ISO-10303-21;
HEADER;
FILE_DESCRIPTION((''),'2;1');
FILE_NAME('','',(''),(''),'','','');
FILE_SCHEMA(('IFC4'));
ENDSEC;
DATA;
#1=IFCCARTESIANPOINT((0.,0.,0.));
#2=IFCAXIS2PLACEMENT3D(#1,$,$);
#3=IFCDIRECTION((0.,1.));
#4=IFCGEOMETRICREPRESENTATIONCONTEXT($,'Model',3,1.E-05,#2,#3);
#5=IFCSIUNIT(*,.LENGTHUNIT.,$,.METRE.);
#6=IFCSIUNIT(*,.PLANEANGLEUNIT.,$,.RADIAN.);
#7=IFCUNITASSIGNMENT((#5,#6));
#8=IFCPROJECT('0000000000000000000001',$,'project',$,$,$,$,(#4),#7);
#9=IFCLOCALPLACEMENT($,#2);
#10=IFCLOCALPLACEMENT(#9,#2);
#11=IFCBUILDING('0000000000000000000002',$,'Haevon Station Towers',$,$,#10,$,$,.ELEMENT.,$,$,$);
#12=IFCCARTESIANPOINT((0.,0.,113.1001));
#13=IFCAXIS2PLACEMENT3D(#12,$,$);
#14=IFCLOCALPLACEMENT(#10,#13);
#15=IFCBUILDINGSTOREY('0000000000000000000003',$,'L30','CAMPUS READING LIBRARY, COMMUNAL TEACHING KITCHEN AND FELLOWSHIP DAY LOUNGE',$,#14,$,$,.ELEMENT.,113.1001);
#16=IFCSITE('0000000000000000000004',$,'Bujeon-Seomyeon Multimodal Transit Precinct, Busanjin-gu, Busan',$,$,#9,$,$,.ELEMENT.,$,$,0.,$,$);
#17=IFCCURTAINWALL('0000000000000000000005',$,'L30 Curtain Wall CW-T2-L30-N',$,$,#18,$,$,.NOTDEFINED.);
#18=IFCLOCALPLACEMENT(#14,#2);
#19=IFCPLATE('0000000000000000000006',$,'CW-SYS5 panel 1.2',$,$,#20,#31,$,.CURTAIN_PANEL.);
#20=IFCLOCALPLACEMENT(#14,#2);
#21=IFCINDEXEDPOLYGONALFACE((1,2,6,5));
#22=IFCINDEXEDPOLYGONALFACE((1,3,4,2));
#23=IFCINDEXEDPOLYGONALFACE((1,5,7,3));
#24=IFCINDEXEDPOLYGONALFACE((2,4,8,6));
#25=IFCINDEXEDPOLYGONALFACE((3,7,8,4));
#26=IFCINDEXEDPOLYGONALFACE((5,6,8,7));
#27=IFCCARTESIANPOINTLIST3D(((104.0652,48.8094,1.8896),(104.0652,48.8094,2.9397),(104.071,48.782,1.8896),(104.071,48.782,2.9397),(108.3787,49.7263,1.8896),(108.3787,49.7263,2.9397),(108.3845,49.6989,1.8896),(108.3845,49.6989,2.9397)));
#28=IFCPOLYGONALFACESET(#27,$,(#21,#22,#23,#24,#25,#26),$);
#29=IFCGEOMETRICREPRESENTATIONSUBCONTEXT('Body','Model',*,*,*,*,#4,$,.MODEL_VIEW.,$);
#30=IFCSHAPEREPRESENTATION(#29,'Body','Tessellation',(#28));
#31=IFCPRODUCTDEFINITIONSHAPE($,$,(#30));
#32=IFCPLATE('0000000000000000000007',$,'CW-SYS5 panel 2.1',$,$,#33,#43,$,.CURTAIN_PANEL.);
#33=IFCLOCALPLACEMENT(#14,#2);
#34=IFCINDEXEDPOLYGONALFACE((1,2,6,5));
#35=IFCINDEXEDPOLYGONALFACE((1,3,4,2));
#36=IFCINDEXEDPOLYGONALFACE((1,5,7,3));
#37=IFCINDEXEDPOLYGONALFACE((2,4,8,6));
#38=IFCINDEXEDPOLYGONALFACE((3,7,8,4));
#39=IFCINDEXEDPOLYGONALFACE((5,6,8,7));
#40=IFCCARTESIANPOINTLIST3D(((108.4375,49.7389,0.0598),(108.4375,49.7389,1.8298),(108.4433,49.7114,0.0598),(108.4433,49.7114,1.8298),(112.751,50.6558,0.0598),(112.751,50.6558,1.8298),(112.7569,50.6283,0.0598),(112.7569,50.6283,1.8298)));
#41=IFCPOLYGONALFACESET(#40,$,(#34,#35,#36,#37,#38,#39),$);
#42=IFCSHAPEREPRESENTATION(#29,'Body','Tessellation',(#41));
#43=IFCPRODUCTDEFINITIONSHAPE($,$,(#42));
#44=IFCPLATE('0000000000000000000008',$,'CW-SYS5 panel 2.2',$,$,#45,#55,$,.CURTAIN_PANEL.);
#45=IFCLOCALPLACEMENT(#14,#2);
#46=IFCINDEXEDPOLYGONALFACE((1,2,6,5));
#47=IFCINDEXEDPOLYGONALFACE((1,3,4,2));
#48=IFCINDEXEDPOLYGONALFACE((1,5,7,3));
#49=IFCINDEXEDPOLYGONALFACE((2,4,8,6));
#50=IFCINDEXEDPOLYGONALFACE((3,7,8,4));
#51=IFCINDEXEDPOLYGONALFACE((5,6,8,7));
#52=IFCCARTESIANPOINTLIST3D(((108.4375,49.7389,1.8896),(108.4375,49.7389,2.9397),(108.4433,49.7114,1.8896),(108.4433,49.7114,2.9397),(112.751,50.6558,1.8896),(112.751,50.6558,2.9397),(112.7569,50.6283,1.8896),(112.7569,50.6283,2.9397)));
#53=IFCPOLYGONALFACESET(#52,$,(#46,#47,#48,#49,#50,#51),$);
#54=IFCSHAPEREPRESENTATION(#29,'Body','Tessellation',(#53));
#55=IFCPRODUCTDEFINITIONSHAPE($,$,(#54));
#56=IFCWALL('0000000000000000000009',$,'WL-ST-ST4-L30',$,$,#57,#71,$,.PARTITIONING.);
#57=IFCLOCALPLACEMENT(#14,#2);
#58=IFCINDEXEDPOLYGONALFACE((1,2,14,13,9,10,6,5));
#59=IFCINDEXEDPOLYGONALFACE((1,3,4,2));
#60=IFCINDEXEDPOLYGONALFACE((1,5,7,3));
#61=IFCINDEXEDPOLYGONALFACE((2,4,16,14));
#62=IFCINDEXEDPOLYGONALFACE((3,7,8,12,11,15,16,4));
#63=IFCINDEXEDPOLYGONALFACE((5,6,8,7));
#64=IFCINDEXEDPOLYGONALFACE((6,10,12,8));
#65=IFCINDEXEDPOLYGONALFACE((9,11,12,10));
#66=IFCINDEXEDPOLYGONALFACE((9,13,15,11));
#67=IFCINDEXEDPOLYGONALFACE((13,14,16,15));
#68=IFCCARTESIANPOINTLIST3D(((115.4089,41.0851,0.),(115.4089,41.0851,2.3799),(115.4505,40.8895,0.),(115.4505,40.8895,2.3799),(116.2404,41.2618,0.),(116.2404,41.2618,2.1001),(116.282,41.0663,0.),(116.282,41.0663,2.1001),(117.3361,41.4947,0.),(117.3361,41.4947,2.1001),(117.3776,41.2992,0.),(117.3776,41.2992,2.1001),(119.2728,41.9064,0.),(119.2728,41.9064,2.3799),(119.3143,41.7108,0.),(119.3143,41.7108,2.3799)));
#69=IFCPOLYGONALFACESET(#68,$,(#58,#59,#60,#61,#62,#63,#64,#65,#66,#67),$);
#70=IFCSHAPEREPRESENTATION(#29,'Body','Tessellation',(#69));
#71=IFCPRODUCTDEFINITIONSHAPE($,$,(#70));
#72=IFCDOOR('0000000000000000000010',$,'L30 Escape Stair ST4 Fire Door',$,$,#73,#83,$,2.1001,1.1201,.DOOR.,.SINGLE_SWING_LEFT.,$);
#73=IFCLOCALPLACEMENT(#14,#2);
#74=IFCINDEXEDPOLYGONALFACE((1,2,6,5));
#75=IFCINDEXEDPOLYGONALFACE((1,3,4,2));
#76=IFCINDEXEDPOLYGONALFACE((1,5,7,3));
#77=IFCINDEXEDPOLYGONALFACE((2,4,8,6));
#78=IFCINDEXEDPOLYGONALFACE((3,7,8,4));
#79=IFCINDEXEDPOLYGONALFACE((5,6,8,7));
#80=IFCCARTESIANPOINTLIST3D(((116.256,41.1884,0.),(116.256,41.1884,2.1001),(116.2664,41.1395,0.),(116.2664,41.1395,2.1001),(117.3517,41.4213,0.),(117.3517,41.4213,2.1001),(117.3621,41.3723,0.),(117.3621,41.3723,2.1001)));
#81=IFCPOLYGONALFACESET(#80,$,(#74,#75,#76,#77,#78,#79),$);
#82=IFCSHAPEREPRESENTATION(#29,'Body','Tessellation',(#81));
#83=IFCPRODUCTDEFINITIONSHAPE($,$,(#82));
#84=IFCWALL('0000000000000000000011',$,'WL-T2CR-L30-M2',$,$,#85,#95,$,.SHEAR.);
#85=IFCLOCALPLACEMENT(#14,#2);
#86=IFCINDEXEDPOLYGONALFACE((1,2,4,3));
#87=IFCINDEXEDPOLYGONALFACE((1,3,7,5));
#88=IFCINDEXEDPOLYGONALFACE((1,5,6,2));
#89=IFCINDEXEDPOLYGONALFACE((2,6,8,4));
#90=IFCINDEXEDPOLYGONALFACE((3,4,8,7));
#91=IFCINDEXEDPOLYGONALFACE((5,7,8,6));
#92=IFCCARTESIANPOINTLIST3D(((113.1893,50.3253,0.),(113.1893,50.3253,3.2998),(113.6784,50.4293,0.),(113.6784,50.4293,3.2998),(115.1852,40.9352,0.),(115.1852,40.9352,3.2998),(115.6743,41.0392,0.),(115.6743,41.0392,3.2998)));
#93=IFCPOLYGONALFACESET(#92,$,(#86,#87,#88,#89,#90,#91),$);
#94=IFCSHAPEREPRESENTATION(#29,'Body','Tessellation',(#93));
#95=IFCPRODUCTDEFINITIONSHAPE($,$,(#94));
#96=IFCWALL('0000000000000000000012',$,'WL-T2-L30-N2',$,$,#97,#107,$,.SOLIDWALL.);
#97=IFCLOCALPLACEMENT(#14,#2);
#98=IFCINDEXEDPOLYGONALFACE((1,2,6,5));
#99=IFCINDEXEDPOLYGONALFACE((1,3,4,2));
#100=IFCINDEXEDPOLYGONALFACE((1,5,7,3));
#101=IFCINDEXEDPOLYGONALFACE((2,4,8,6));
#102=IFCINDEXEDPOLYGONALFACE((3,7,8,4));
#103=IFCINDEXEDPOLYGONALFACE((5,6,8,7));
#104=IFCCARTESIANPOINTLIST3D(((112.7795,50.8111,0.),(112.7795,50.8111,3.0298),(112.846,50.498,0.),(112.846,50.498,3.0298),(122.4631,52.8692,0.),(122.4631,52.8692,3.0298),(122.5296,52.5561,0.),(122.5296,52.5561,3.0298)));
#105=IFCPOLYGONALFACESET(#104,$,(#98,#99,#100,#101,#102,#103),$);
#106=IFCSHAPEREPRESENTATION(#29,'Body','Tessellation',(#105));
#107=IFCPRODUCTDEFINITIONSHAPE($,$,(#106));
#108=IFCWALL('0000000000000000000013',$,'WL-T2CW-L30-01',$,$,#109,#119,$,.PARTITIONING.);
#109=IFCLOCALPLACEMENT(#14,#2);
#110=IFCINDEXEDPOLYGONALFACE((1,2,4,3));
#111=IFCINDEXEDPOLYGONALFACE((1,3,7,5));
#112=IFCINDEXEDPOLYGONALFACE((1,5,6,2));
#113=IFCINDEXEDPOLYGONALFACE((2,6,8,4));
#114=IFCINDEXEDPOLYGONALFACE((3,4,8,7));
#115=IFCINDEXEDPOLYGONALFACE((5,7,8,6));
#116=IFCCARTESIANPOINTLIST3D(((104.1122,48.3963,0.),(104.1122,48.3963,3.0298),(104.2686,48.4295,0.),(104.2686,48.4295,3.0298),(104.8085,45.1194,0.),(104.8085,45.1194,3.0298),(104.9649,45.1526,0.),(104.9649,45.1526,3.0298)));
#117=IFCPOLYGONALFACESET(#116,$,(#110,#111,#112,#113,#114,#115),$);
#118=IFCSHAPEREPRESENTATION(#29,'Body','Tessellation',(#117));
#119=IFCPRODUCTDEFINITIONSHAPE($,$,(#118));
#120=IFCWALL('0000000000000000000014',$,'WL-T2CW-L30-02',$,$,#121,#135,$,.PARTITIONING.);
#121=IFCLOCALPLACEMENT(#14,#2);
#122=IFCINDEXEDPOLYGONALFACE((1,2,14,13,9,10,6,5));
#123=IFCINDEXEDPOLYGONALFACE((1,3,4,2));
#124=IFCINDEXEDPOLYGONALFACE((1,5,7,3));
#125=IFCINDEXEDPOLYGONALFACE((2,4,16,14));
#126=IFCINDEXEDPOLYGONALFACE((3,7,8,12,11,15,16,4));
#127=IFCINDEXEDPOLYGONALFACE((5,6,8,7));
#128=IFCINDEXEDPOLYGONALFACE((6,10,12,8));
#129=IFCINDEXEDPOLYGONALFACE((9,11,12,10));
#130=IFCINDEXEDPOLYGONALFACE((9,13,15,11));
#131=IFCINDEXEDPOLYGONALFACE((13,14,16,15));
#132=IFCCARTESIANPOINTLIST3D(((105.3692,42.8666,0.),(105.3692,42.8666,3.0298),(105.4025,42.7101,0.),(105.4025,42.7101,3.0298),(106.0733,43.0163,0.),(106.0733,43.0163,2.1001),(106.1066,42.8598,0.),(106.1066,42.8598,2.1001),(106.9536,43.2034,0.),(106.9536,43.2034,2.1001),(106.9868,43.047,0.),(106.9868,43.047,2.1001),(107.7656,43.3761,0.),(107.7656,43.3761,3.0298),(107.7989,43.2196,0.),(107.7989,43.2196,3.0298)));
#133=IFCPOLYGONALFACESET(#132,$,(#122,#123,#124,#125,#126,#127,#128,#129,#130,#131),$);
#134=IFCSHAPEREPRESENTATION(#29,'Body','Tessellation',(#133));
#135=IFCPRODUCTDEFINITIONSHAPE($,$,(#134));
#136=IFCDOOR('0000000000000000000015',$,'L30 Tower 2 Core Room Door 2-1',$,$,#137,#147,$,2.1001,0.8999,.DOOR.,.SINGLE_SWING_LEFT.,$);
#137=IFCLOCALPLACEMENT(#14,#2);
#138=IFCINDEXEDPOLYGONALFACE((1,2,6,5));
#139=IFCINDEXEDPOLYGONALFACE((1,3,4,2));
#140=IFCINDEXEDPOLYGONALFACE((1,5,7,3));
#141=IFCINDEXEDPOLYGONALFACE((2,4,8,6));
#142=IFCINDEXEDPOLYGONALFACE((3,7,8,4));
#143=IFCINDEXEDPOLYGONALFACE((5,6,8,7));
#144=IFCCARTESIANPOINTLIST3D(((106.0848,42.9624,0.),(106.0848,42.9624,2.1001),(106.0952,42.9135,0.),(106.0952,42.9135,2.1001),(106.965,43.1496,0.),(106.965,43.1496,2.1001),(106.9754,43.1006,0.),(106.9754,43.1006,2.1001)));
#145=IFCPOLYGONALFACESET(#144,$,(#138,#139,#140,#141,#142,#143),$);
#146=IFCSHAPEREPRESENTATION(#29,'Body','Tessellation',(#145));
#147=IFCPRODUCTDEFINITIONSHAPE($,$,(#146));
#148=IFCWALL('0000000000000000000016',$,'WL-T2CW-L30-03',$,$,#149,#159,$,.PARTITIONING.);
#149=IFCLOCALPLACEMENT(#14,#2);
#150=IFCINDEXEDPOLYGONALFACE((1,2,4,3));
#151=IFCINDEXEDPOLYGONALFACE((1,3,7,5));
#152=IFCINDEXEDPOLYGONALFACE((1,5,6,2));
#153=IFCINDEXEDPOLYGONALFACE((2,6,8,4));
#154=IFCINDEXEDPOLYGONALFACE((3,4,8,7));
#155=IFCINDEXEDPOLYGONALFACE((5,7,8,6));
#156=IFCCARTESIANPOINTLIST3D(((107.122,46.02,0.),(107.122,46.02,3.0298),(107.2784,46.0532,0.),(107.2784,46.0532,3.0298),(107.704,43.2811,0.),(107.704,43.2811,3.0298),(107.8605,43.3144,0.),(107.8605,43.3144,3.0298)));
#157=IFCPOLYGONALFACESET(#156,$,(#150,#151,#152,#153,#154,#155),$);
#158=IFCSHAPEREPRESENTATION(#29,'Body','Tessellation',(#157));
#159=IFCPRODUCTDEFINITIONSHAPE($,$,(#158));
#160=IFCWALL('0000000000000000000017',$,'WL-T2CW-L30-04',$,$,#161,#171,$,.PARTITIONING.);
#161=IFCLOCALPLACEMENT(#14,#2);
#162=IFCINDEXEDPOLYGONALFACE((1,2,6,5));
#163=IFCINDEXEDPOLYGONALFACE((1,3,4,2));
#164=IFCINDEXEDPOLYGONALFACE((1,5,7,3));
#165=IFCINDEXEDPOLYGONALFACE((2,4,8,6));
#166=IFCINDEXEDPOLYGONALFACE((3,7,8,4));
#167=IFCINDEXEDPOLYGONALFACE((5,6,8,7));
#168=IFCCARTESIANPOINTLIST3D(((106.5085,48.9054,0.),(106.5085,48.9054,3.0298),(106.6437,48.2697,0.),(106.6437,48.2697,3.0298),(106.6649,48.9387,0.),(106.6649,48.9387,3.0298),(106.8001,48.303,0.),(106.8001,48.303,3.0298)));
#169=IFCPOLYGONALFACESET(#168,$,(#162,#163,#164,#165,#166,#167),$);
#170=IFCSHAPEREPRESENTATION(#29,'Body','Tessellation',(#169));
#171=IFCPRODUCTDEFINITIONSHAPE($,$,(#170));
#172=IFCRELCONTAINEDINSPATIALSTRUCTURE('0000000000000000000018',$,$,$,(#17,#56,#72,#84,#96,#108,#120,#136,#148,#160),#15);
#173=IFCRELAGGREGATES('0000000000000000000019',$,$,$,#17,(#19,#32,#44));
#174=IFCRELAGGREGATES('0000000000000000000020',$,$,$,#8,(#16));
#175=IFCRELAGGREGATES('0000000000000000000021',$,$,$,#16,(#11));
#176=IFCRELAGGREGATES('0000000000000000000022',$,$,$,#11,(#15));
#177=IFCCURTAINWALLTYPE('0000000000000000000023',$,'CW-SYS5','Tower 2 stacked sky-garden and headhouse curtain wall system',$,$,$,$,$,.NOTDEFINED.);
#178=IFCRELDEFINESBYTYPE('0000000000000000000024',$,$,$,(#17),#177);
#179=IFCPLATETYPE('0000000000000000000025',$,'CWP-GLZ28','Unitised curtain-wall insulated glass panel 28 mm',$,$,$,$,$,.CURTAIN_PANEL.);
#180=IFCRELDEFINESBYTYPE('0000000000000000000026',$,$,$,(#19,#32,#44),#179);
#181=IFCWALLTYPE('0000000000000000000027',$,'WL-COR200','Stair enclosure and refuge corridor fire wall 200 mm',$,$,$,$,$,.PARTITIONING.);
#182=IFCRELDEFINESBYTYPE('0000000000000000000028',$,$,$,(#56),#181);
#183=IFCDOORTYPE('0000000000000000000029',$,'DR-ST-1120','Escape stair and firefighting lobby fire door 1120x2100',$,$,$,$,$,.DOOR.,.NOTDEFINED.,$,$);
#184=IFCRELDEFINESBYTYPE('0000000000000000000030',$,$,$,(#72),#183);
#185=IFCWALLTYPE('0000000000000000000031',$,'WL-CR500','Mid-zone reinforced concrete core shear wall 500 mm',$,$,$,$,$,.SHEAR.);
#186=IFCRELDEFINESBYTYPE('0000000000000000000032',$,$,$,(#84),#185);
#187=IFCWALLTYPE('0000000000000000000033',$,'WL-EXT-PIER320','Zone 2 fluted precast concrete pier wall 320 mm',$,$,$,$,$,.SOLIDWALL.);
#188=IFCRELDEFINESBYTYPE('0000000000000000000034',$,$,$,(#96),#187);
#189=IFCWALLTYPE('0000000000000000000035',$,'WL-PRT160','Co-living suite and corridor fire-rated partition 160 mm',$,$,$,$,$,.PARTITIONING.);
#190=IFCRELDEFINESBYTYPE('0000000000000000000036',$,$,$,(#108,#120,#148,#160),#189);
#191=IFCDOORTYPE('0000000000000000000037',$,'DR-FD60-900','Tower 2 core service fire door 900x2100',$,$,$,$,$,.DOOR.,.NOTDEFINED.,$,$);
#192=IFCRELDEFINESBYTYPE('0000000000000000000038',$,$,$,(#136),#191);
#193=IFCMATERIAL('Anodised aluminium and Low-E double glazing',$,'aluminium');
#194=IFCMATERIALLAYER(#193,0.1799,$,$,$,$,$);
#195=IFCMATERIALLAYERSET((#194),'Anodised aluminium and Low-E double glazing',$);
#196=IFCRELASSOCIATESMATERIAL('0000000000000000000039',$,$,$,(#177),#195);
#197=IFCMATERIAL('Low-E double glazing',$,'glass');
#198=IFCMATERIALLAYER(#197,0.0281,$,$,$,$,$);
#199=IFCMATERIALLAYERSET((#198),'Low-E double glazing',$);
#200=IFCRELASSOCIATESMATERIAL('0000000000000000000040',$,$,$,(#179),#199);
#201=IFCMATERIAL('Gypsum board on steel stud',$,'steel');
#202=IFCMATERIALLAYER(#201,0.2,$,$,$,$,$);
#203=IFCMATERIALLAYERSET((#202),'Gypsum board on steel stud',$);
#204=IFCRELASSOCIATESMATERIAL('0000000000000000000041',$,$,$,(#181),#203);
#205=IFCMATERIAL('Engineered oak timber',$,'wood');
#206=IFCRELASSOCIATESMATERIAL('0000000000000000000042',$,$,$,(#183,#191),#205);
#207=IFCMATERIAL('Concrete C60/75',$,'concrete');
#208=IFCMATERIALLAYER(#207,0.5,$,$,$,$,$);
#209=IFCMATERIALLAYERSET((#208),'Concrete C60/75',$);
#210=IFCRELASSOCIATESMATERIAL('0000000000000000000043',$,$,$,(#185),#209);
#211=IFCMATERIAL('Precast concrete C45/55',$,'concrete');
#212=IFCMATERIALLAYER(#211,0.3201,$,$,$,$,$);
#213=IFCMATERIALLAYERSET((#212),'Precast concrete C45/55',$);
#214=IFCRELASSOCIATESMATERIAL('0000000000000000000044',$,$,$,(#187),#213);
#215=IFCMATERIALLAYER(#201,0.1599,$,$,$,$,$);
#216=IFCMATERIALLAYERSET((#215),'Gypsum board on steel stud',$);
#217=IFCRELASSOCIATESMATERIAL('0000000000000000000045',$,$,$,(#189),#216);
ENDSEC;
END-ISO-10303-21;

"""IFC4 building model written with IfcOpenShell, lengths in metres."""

from ifc_helpers import new_model, si_unit, direction, frame, frame_2d, origin, origin_2d, place, context, subcontext, project, spatial, rectangle, extrude, material, layer, layer_set, type_object, element, fill, aggregate, save


model = new_model("IFC4")

# Units and contexts
model_context = context("Model", 3, precision=1e-05, world=origin(), true_north=direction((0.0, 1.0)))
body_context = subcontext(model_context, "Body", "Model", "MODEL_VIEW")
ifc_project = project(units=[si_unit("LENGTHUNIT", "METRE"), si_unit("PLANEANGLEUNIT", "RADIAN")], contexts=[model_context])

# Site, building, storey
site_placement = place(None, origin())
site = spatial("IfcSite", under=ifc_project, at=site_placement, Name="Bujeon-Seomyeon Multimodal Transit Precinct, Busanjin-gu, Busan", CompositionType="ELEMENT", RefElevation=0.0)
building_placement = place(site_placement, origin())
building = spatial("IfcBuilding", under=site, at=building_placement, Name="Haevon Station Towers", CompositionType="ELEMENT")
storey_placement = place(building_placement, frame((0.0, 0.0, 113.1001)))
storey = spatial("IfcBuildingStorey", under=building, at=storey_placement, Name="L30", Description="CAMPUS READING LIBRARY, COMMUNAL TEACHING KITCHEN AND FELLOWSHIP DAY LOUNGE", CompositionType="ELEMENT", Elevation=113.1001)

# Curtain wall, plates
ifc_material_1 = material(Name="Anodised aluminium and Low-E double glazing", Category="aluminium")
ifc_layer_1 = layer(ifc_material_1, 0.1799)
ifc_layer_set_1 = layer_set([ifc_layer_1], Name="Anodised aluminium and Low-E double glazing")
curtain_wall_type = type_object("IfcCurtainWallType", Name="CW-SYS5", Description="Tower 2 stacked sky-garden and headhouse curtain wall system", PredefinedType="NOTDEFINED", material=ifc_layer_set_1)
curtain_wall_placement = place(storey_placement, origin())
curtain_wall = element("IfcCurtainWall", 1, at=curtain_wall_placement, inside=storey, type_object=curtain_wall_type, Name="L30 Curtain Wall CW-T2-L30-N", PredefinedType="NOTDEFINED")
ifc_material_2 = material(Name="Low-E double glazing", Category="glass")
ifc_layer_2 = layer(ifc_material_2, 0.0281)
ifc_layer_set_2 = layer_set([ifc_layer_2], Name="Low-E double glazing")
plate_type = type_object("IfcPlateType", Name="CWP-GLZ28", Description="Unitised curtain-wall insulated glass panel 28 mm", PredefinedType="CURTAIN_PANEL", material=ifc_layer_set_2)
plate_1_placement = place(storey_placement, frame((106.2249, 49.2542, 1.8896), z_axis=(0.0, 0.0, 1.0), x_axis=(0.978148, 0.207912, 0.0)))
plate_1 = element("IfcPlate", 2, at=plate_1_placement, type_object=plate_type, Name="CW-SYS5 panel 1.2", PredefinedType="CURTAIN_PANEL", context=body_context, shape_type="SweptSolid", body=[
    extrude(rectangle(XDim=4.4099, YDim=0.0281, at=origin_2d()), origin(), (0.0, 0.0, 1.0), 1.05),
])
plate_2_placement = place(storey_placement, frame((110.5972, 50.1836, 0.0598), z_axis=(0.0, 0.0, 1.0), x_axis=(0.978148, 0.207912, 0.0)))
plate_2 = element("IfcPlate", 3, at=plate_2_placement, type_object=plate_type, Name="CW-SYS5 panel 2.1", PredefinedType="CURTAIN_PANEL", context=body_context, shape_type="SweptSolid", body=[
    extrude(rectangle(XDim=4.4099, YDim=0.0281, at=origin_2d()), origin(), (0.0, 0.0, 1.0), 1.77),
])
plate_3_placement = place(storey_placement, frame((110.5972, 50.1836, 1.8896), z_axis=(0.0, 0.0, 1.0), x_axis=(0.978148, 0.207912, 0.0)))
plate_3 = element("IfcPlate", 4, at=plate_3_placement, type_object=plate_type, Name="CW-SYS5 panel 2.2", PredefinedType="CURTAIN_PANEL", context=body_context, shape_type="SweptSolid", body=[
    extrude(rectangle(XDim=4.4099, YDim=0.0281, at=origin_2d()), origin(), (0.0, 0.0, 1.0), 1.05),
])
aggregate(curtain_wall, [plate_1, plate_2, plate_3])

# Wall, opening, door
ifc_material_3 = material(Name="Gypsum board on steel stud", Category="steel")
ifc_layer_3 = layer(ifc_material_3, 0.2)
ifc_layer_set_3 = layer_set([ifc_layer_3], Name="Gypsum board on steel stud")
wall_type_1 = type_object("IfcWallType", Name="WL-COR200", Description="Stair enclosure and refuge corridor fire wall 200 mm", PredefinedType="PARTITIONING", material=ifc_layer_set_3)
wall_1_placement = place(storey_placement, frame((115.4297, 40.9873, 0.0), z_axis=(0.0, 0.0, 1.0), x_axis=(0.978147, 0.207916, 0.0)))
wall_1 = element("IfcWall", 5, at=wall_1_placement, inside=storey, type_object=wall_type_1, Name="WL-ST-ST4-L30", PredefinedType="PARTITIONING", context=body_context, shape_type="SweptSolid", body=[
    extrude(rectangle(XDim=3.9502, YDim=0.2, at=frame_2d((1.9751, 0.0))), origin(), (0.0, 0.0, 1.0), 2.3799),
])
opening_1_placement = place(wall_1_placement, frame((0.8501, 0.0, 0.0)))
opening_1 = element("IfcOpeningElement", 6, at=opening_1_placement, cuts=wall_1, PredefinedType="OPENING", context=body_context, shape_type="SweptSolid", body=[
    extrude(rectangle(XDim=1.1201, YDim=2.1001, at=frame_2d((0.5601, 1.05))), frame((0.0, 0.1099, 0.0), z_axis=(0.0, -1.0, 0.0), x_axis=(1.0, 0.0, 0.0)), (0.0, 0.0, 1.0), 0.22),
])
ifc_material_4 = material(Name="Engineered oak timber", Category="wood")
door_type_1 = type_object("IfcDoorType", Name="DR-ST-1120", Description="Escape stair and firefighting lobby fire door 1120x2100", OperationType="NOTDEFINED", PredefinedType="DOOR", material=ifc_material_4)
door_1_placement = place(opening_1_placement, origin())
door_1 = element("IfcDoor", 7, at=door_1_placement, inside=storey, type_object=door_type_1, Name="L30 Escape Stair ST4 Fire Door", OperationType="SINGLE_SWING_LEFT", OverallHeight=2.1001, OverallWidth=1.1201, PredefinedType="DOOR", context=body_context, shape_type="SweptSolid", body=[
    extrude(rectangle(XDim=1.1201, YDim=2.1001, at=frame_2d((0.5601, 1.05))), frame((0.0, 0.0249, 0.0), z_axis=(0.0, -1.0, 0.0), x_axis=(1.0, 0.0, 0.0)), (0.0, 0.0, 1.0), 0.05),
])
fill(opening_1, door_1)

# Walls
ifc_material_5 = material(Name="Concrete C60/75", Category="concrete")
ifc_layer_4 = layer(ifc_material_5, 0.5)
ifc_layer_set_4 = layer_set([ifc_layer_4], Name="Concrete C60/75")
wall_type_2 = type_object("IfcWallType", Name="WL-CR500", Description="Mid-zone reinforced concrete core shear wall 500 mm", PredefinedType="SHEAR", material=ifc_layer_set_4)
wall_2_placement = place(storey_placement, frame((115.4297, 40.9873, 0.0), z_axis=(0.0, 0.0, 1.0), x_axis=(-0.207903, 0.978149, 0.0)))
element("IfcWall", 8, at=wall_2_placement, inside=storey, type_object=wall_type_2, Name="WL-T2CR-L30-M2", PredefinedType="SHEAR", context=body_context, shape_type="SweptSolid", body=[
    extrude(rectangle(XDim=9.5999, YDim=0.5, at=frame_2d((4.7998, 0.0))), origin(), (0.0, 0.0, 1.0), 3.2998),
])
ifc_material_6 = material(Name="Precast concrete C45/55", Category="concrete")
ifc_layer_5 = layer(ifc_material_6, 0.3201)
ifc_layer_set_5 = layer_set([ifc_layer_5], Name="Precast concrete C45/55")
wall_type_3 = type_object("IfcWallType", Name="WL-EXT-PIER320", Description="Zone 2 fluted precast concrete pier wall 320 mm", PredefinedType="SOLIDWALL", material=ifc_layer_set_5)
wall_3_placement = place(storey_placement, frame((112.8127, 50.6545, 0.0), z_axis=(0.0, 0.0, 1.0), x_axis=(0.978152, 0.207892, 0.0)))
element("IfcWall", 9, at=wall_3_placement, inside=storey, type_object=wall_type_3, Name="WL-T2-L30-N2", PredefinedType="SOLIDWALL", context=body_context, shape_type="SweptSolid", body=[
    extrude(rectangle(XDim=9.8999, YDim=0.3201, at=frame_2d((4.95, 0.0))), origin(), (0.0, 0.0, 1.0), 3.0298),
])
ifc_layer_6 = layer(ifc_material_3, 0.1599)
ifc_layer_set_6 = layer_set([ifc_layer_6], Name="Gypsum board on steel stud")
wall_type_4 = type_object("IfcWallType", Name="WL-PRT160", Description="Co-living suite and corridor fire-rated partition 160 mm", PredefinedType="PARTITIONING", material=ifc_layer_set_6)
wall_4_placement = place(storey_placement, frame((104.8867, 45.136, 0.0), z_axis=(0.0, 0.0, 1.0), x_axis=(-0.207847, 0.978161, 0.0)))
element("IfcWall", 10, at=wall_4_placement, inside=storey, type_object=wall_type_4, Name="WL-T2CW-L30-01", PredefinedType="PARTITIONING", context=body_context, shape_type="SweptSolid", body=[
    extrude(rectangle(XDim=3.3501, YDim=0.1599, at=frame_2d((1.675, 0.0))), origin(), (0.0, 0.0, 1.0), 3.0298),
])

# Wall, opening, door
wall_5_placement = place(storey_placement, frame((105.3857, 42.7883, 0.0), z_axis=(0.0, 0.0, 1.0), x_axis=(0.978137, 0.207964, 0.0)))
wall_5 = element("IfcWall", 11, at=wall_5_placement, inside=storey, type_object=wall_type_4, Name="WL-T2CW-L30-02", PredefinedType="PARTITIONING", context=body_context, shape_type="SweptSolid", body=[
    extrude(rectangle(XDim=2.45, YDim=0.1599, at=frame_2d((1.2251, 0.0))), origin(), (0.0, 0.0, 1.0), 3.0298),
])
opening_2_placement = place(wall_5_placement, frame((0.72, 0.0, 0.0)))
opening_2 = element("IfcOpeningElement", 12, at=opening_2_placement, cuts=wall_5, PredefinedType="OPENING", context=body_context, shape_type="SweptSolid", body=[
    extrude(rectangle(XDim=0.8999, YDim=2.1001, at=frame_2d((0.45, 1.05))), frame((0.0, 0.0898, 0.0), z_axis=(0.0, -1.0, 0.0), x_axis=(1.0, 0.0, 0.0)), (0.0, 0.0, 1.0), 0.1799),
])
door_type_2 = type_object("IfcDoorType", Name="DR-FD60-900", Description="Tower 2 core service fire door 900x2100", OperationType="NOTDEFINED", PredefinedType="DOOR", material=ifc_material_4)
door_2_placement = place(opening_2_placement, origin())
door_2 = element("IfcDoor", 13, at=door_2_placement, inside=storey, type_object=door_type_2, Name="L30 Tower 2 Core Room Door 2-1", OperationType="SINGLE_SWING_LEFT", OverallHeight=2.1001, OverallWidth=0.8999, PredefinedType="DOOR", context=body_context, shape_type="SweptSolid", body=[
    extrude(rectangle(XDim=0.8999, YDim=2.1001, at=frame_2d((0.45, 1.05))), frame((0.0, 0.0249, 0.0), z_axis=(0.0, -1.0, 0.0), x_axis=(1.0, 0.0, 0.0)), (0.0, 0.0, 1.0), 0.05),
])
fill(opening_2, door_2)

# Walls
wall_6_placement = place(storey_placement, frame((107.7822, 43.2979, 0.0), z_axis=(0.0, 0.0, 1.0), x_axis=(-0.207873, 0.978156, 0.0)))
element("IfcWall", 14, at=wall_6_placement, inside=storey, type_object=wall_type_4, Name="WL-T2CW-L30-03", PredefinedType="PARTITIONING", context=body_context, shape_type="SweptSolid", body=[
    extrude(rectangle(XDim=2.8, YDim=0.1599, at=frame_2d((1.3999, 0.0))), origin(), (0.0, 0.0, 1.0), 3.0298),
])
wall_7_placement = place(storey_placement, frame((106.7219, 48.2864, 0.0), z_axis=(0.0, 0.0, 1.0), x_axis=(-0.208092, 0.978109, 0.0)))
element("IfcWall", 15, at=wall_7_placement, inside=storey, type_object=wall_type_4, Name="WL-T2CW-L30-04", PredefinedType="PARTITIONING", context=body_context, shape_type="SweptSolid", body=[
    extrude(rectangle(XDim=0.6499, YDim=0.1599, at=frame_2d((0.325, 0.0))), origin(), (0.0, 0.0, 1.0), 3.0298),
])

save(model, "model.ifc")
